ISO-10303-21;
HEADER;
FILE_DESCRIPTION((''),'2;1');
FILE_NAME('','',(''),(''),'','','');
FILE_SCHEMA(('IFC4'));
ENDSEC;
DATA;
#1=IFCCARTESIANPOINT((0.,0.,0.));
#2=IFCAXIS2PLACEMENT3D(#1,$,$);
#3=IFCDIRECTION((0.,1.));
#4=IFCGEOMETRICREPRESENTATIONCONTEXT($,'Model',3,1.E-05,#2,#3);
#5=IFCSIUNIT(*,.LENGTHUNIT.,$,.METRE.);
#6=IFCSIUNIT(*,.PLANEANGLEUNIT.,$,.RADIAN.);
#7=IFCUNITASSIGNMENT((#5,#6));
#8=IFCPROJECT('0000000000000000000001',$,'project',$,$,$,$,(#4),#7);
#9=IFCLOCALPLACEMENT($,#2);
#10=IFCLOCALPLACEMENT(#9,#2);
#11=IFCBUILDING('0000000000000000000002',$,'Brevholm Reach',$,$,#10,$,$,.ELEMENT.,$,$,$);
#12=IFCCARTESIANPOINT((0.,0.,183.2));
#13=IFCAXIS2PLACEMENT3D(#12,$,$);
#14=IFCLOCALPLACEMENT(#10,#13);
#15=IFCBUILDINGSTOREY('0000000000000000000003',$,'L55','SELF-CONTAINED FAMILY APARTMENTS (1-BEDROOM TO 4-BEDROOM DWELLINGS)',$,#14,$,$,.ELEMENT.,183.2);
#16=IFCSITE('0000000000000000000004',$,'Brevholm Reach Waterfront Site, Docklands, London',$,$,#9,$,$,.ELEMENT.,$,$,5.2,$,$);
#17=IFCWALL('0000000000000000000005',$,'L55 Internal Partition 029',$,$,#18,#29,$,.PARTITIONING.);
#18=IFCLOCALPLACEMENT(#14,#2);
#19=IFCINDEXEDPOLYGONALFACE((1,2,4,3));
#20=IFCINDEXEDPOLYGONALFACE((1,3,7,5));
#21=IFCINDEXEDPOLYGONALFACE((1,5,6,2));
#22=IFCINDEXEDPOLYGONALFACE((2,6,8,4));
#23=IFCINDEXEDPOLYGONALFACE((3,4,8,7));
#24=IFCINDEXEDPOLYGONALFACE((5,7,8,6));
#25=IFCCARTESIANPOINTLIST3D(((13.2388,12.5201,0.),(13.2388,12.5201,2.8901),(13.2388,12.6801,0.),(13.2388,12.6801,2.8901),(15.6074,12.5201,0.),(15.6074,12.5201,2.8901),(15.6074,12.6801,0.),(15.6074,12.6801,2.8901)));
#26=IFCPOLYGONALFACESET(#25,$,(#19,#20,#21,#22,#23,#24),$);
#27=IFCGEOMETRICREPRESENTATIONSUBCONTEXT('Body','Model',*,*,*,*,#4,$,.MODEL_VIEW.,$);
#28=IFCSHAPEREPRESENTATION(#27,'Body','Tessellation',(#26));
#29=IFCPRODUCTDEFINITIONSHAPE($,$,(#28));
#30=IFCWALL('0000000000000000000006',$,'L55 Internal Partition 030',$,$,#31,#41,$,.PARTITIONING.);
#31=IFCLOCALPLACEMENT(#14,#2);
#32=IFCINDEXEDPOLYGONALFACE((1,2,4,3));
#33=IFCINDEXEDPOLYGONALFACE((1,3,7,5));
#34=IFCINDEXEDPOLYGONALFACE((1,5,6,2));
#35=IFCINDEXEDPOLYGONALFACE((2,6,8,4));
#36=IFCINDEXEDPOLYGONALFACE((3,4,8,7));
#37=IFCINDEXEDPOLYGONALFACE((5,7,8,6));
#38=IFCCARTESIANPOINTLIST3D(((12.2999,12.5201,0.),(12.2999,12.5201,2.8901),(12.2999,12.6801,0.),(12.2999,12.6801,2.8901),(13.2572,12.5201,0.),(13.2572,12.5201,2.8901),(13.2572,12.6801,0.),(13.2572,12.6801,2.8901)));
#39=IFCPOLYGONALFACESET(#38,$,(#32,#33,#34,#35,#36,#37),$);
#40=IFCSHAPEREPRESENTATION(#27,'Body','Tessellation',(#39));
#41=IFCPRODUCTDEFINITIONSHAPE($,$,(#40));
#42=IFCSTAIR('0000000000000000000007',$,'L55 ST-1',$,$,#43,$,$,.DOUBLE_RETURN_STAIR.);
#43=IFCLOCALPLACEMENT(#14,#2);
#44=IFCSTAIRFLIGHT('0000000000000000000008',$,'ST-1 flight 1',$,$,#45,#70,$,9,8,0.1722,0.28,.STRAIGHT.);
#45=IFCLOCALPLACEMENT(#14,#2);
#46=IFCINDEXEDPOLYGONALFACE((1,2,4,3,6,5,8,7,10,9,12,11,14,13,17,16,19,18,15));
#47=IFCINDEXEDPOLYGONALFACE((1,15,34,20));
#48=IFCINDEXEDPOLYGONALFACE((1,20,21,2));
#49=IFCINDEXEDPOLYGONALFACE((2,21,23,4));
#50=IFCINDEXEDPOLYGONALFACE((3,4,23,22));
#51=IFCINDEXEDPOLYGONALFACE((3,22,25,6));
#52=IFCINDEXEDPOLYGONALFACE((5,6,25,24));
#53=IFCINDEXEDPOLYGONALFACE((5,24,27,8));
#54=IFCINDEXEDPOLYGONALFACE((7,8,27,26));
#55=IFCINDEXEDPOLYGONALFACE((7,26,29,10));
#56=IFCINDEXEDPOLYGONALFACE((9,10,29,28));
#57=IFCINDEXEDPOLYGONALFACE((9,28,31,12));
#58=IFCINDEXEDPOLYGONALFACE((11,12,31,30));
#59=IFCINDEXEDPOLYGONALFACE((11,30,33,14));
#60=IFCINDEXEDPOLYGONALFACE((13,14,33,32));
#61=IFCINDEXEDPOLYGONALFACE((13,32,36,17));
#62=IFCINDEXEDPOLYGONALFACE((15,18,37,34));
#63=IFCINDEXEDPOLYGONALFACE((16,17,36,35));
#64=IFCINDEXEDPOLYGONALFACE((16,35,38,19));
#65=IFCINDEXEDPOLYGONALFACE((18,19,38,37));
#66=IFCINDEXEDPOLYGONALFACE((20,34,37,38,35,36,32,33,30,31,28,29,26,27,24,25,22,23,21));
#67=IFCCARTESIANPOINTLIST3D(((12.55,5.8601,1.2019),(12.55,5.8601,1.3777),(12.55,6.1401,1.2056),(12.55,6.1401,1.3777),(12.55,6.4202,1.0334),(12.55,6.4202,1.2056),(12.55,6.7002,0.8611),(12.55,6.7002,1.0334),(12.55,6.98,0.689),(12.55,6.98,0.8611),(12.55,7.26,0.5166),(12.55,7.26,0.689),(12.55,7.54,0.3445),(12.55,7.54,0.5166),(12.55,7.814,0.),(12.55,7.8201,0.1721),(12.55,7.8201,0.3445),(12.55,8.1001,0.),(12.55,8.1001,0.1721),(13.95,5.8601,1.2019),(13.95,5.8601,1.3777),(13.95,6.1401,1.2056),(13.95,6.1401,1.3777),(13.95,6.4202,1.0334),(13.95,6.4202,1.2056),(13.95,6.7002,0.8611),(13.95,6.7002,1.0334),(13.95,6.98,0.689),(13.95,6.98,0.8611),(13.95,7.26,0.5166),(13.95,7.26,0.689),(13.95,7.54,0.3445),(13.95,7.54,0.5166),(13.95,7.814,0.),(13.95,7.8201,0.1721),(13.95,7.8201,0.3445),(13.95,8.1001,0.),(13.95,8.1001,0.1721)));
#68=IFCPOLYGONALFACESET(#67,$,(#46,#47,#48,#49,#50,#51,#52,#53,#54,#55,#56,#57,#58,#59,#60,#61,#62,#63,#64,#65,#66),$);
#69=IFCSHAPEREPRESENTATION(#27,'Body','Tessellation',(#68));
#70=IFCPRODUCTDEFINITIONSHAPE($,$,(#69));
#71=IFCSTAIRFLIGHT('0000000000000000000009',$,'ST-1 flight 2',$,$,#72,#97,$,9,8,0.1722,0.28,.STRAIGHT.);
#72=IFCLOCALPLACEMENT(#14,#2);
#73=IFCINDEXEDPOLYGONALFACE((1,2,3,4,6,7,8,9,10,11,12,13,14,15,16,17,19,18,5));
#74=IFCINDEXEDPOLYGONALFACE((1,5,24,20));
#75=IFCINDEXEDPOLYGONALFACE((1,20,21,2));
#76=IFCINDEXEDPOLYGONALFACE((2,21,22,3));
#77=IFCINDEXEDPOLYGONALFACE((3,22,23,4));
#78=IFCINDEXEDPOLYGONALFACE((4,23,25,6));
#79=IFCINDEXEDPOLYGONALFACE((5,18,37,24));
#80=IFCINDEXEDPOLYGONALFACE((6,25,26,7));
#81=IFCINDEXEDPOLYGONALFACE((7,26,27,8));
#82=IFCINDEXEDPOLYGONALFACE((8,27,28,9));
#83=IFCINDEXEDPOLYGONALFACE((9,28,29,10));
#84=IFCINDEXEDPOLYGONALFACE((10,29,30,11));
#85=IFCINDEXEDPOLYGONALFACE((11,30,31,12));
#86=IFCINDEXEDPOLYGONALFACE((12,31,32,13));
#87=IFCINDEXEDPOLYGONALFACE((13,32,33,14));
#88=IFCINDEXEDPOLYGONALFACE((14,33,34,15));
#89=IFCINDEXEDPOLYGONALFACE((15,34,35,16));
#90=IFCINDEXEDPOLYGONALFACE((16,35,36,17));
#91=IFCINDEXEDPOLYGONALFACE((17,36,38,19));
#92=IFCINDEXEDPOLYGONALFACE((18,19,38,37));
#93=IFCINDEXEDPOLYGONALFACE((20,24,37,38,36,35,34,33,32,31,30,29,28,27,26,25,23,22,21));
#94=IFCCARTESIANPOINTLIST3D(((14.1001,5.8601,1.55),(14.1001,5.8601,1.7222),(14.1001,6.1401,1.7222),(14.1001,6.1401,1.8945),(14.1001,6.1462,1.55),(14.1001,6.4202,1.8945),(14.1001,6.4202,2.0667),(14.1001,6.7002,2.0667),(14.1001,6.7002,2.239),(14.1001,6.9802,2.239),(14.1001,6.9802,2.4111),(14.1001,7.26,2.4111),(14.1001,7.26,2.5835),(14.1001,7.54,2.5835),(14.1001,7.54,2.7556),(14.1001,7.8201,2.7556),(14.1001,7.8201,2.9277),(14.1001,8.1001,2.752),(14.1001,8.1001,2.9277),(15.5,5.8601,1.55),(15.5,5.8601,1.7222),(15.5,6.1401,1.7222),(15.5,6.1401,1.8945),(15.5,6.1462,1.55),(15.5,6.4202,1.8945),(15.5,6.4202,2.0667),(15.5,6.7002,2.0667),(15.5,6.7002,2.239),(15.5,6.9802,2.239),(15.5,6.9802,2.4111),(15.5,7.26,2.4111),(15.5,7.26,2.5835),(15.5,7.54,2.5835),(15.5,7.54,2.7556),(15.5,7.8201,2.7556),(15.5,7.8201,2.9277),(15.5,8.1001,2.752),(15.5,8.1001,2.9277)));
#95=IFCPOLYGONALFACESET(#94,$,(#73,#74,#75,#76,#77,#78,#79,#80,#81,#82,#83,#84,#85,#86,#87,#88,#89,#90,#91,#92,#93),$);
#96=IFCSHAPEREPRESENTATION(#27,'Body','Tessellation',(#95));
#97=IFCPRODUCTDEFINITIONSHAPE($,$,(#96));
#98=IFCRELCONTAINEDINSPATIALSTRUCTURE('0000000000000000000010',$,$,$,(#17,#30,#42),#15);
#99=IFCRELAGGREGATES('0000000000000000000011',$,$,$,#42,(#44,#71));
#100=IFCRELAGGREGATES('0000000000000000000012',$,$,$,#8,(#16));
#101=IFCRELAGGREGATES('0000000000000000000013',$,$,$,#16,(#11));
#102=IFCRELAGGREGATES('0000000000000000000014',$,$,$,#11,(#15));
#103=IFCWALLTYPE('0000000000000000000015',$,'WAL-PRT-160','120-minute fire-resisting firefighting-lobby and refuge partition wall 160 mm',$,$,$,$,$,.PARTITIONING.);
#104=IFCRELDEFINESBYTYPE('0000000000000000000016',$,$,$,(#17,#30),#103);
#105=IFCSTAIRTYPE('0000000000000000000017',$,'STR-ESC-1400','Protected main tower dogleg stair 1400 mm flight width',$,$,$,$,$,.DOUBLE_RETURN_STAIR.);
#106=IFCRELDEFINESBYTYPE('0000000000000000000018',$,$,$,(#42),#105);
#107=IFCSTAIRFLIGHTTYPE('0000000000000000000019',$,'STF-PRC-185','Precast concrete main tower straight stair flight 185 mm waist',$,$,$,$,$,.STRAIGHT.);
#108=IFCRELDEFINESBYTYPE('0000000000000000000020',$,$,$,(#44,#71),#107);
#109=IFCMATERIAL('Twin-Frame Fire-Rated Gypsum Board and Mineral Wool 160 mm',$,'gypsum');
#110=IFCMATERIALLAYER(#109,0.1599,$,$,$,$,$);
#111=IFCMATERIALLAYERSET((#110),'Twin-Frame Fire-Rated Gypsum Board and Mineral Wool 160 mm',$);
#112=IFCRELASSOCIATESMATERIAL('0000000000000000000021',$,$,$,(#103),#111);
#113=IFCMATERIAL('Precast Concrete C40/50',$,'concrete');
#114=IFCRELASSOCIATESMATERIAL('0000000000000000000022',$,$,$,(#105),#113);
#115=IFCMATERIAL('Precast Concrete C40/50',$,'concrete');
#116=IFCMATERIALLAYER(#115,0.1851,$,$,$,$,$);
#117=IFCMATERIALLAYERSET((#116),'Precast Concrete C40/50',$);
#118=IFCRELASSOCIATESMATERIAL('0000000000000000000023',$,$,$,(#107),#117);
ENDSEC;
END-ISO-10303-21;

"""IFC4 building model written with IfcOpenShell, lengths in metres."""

from ifc_helpers import new_model, si_unit, direction, frame, frame_2d, origin, place, context, subcontext, project, spatial, polyline, rectangle, outline, extrude, material, layer, layer_set, type_object, element, aggregate, save


model = new_model("IFC4")

# Units and contexts
model_context = context("Model", 3, precision=1e-05, world=origin(), true_north=direction((0.0, 1.0)))
body_context = subcontext(model_context, "Body", "Model", "MODEL_VIEW")
ifc_project = project(units=[si_unit("LENGTHUNIT", "METRE"), si_unit("PLANEANGLEUNIT", "RADIAN")], contexts=[model_context])

# Site, building, storey
site_placement = place(None, origin())
site = spatial("IfcSite", under=ifc_project, at=site_placement, Name="Brevholm Reach Waterfront Site, Docklands, London", CompositionType="ELEMENT", RefElevation=5.2)
building_placement = place(site_placement, origin())
building = spatial("IfcBuilding", under=site, at=building_placement, Name="Brevholm Reach", CompositionType="ELEMENT")
storey_placement = place(building_placement, frame((0.0, 0.0, 183.2)))
storey = spatial("IfcBuildingStorey", under=building, at=storey_placement, Name="L55", Description="SELF-CONTAINED FAMILY APARTMENTS (1-BEDROOM TO 4-BEDROOM DWELLINGS)", CompositionType="ELEMENT", Elevation=183.2)

# Shared definitions
ifc_material_1 = material(Name="Twin-Frame Fire-Rated Gypsum Board and Mineral Wool 160 mm", Category="gypsum")
ifc_layer_1 = layer(ifc_material_1, 0.1599)
ifc_layer_set_1 = layer_set([ifc_layer_1], Name="Twin-Frame Fire-Rated Gypsum Board and Mineral Wool 160 mm")
wall_type_1 = type_object("IfcWallType", Name="WAL-PRT-160", Description="120-minute fire-resisting firefighting-lobby and refuge partition wall 160 mm", PredefinedType="PARTITIONING", material=ifc_layer_set_1)

# Walls
wall_1_placement = place(storey_placement, frame((13.2388, 12.6001, 0.0), z_axis=(0.0, 0.0, 1.0), x_axis=(1.0, 0.0, 0.0)))
element("IfcWall", 1, at=wall_1_placement, inside=storey, type_object=wall_type_1, Name="L55 Internal Partition 029", PredefinedType="PARTITIONING", context=body_context, shape_type="SweptSolid", body=[
    extrude(rectangle(XDim=2.3687, YDim=0.1599, at=frame_2d((1.1843, 0.0))), origin(), (0.0, 0.0, 1.0), 2.8901),
])
wall_2_placement = place(storey_placement, frame((12.3, 12.6001, 0.0), z_axis=(0.0, 0.0, 1.0), x_axis=(1.0, 0.0, 0.0)))
element("IfcWall", 2, at=wall_2_placement, inside=storey, type_object=wall_type_1, Name="L55 Internal Partition 030", PredefinedType="PARTITIONING", context=body_context, shape_type="SweptSolid", body=[
    extrude(rectangle(XDim=0.9573, YDim=0.1599, at=frame_2d((0.4785, 0.0))), origin(), (0.0, 0.0, 1.0), 2.8901),
])

# Stair, stair flights
ifc_material_2 = material(Name="Precast Concrete C40/50", Category="concrete")
stair_type = type_object("IfcStairType", Name="STR-ESC-1400", Description="Protected main tower dogleg stair 1400 mm flight width", PredefinedType="DOUBLE_RETURN_STAIR", material=ifc_material_2)
stair_placement = place(storey_placement, origin())
stair = element("IfcStair", 3, at=stair_placement, inside=storey, type_object=stair_type, Name="L55 ST-1", PredefinedType="DOUBLE_RETURN_STAIR")
ifc_material_3 = material(Name="Precast Concrete C40/50", Category="concrete")
ifc_layer_2 = layer(ifc_material_3, 0.1851)
ifc_layer_set_2 = layer_set([ifc_layer_2], Name="Precast Concrete C40/50")
stair_flight_type = type_object("IfcStairFlightType", Name="STF-PRC-185", Description="Precast concrete main tower straight stair flight 185 mm waist", PredefinedType="STRAIGHT", material=ifc_layer_set_2)
stair_flight_1_placement = place(storey_placement, frame((13.25, 8.1001, 0.0), z_axis=(0.0, 0.0, 1.0), x_axis=(0.0, -1.0, 0.0)))
stair_flight_1 = element("IfcStairFlight", 4, at=stair_flight_1_placement, type_object=stair_flight_type, Name="ST-1 flight 1", NumberOfRisers=9, NumberOfTreads=8, PredefinedType="STRAIGHT", RiserHeight=0.1722, TreadLength=0.28, context=body_context, shape_type="SweptSolid", body=[
    extrude(outline(polyline([(0.0, 0.0), (0.0, 0.1721), (0.28, 0.1721), (0.28, 0.3445), (0.5601, 0.3445), (0.5601, 0.5166), (0.8401, 0.5166), (0.8401, 0.689), (1.1201, 0.689), (1.1201, 0.8611), (1.3999, 0.8611), (1.3999, 1.0334), (1.6799, 1.0334), (1.6799, 1.2056), (1.96, 1.2056), (1.96, 1.3777), (2.24, 1.3777), (2.24, 1.55), (2.24, 1.2019), (0.2861, 0.0), (0.0, 0.0)])), frame((0.0, 0.7, 0.0), z_axis=(0.0, -1.0, 0.0), x_axis=(1.0, 0.0, 0.0)), (0.0, 0.0, 1.0), 1.3999),
])
stair_flight_2_placement = place(storey_placement, frame((14.8, 5.8601, 1.55), z_axis=(0.0, 0.0, 1.0), x_axis=(0.0, 1.0, 0.0)))
stair_flight_2 = element("IfcStairFlight", 5, at=stair_flight_2_placement, type_object=stair_flight_type, Name="ST-1 flight 2", NumberOfRisers=9, NumberOfTreads=8, PredefinedType="STRAIGHT", RiserHeight=0.1722, TreadLength=0.28, context=body_context, shape_type="SweptSolid", body=[
    extrude(outline(polyline([(0.0, 0.0), (0.0, 0.1721), (0.28, 0.1721), (0.28, 0.3445), (0.5601, 0.3445), (0.5601, 0.5166), (0.8401, 0.5166), (0.8401, 0.689), (1.1201, 0.689), (1.1201, 0.8611), (1.3999, 0.8611), (1.3999, 1.0334), (1.6799, 1.0334), (1.6799, 1.2056), (1.96, 1.2056), (1.96, 1.3777), (2.24, 1.3777), (2.24, 1.55), (2.24, 1.2019), (0.2861, 0.0), (0.0, 0.0)])), frame((0.0, 0.7, 0.0), z_axis=(0.0, -1.0, 0.0), x_axis=(1.0, 0.0, 0.0)), (0.0, 0.0, 1.0), 1.3999),
])
aggregate(stair, [stair_flight_1, stair_flight_2])

save(model, "model.ifc")
